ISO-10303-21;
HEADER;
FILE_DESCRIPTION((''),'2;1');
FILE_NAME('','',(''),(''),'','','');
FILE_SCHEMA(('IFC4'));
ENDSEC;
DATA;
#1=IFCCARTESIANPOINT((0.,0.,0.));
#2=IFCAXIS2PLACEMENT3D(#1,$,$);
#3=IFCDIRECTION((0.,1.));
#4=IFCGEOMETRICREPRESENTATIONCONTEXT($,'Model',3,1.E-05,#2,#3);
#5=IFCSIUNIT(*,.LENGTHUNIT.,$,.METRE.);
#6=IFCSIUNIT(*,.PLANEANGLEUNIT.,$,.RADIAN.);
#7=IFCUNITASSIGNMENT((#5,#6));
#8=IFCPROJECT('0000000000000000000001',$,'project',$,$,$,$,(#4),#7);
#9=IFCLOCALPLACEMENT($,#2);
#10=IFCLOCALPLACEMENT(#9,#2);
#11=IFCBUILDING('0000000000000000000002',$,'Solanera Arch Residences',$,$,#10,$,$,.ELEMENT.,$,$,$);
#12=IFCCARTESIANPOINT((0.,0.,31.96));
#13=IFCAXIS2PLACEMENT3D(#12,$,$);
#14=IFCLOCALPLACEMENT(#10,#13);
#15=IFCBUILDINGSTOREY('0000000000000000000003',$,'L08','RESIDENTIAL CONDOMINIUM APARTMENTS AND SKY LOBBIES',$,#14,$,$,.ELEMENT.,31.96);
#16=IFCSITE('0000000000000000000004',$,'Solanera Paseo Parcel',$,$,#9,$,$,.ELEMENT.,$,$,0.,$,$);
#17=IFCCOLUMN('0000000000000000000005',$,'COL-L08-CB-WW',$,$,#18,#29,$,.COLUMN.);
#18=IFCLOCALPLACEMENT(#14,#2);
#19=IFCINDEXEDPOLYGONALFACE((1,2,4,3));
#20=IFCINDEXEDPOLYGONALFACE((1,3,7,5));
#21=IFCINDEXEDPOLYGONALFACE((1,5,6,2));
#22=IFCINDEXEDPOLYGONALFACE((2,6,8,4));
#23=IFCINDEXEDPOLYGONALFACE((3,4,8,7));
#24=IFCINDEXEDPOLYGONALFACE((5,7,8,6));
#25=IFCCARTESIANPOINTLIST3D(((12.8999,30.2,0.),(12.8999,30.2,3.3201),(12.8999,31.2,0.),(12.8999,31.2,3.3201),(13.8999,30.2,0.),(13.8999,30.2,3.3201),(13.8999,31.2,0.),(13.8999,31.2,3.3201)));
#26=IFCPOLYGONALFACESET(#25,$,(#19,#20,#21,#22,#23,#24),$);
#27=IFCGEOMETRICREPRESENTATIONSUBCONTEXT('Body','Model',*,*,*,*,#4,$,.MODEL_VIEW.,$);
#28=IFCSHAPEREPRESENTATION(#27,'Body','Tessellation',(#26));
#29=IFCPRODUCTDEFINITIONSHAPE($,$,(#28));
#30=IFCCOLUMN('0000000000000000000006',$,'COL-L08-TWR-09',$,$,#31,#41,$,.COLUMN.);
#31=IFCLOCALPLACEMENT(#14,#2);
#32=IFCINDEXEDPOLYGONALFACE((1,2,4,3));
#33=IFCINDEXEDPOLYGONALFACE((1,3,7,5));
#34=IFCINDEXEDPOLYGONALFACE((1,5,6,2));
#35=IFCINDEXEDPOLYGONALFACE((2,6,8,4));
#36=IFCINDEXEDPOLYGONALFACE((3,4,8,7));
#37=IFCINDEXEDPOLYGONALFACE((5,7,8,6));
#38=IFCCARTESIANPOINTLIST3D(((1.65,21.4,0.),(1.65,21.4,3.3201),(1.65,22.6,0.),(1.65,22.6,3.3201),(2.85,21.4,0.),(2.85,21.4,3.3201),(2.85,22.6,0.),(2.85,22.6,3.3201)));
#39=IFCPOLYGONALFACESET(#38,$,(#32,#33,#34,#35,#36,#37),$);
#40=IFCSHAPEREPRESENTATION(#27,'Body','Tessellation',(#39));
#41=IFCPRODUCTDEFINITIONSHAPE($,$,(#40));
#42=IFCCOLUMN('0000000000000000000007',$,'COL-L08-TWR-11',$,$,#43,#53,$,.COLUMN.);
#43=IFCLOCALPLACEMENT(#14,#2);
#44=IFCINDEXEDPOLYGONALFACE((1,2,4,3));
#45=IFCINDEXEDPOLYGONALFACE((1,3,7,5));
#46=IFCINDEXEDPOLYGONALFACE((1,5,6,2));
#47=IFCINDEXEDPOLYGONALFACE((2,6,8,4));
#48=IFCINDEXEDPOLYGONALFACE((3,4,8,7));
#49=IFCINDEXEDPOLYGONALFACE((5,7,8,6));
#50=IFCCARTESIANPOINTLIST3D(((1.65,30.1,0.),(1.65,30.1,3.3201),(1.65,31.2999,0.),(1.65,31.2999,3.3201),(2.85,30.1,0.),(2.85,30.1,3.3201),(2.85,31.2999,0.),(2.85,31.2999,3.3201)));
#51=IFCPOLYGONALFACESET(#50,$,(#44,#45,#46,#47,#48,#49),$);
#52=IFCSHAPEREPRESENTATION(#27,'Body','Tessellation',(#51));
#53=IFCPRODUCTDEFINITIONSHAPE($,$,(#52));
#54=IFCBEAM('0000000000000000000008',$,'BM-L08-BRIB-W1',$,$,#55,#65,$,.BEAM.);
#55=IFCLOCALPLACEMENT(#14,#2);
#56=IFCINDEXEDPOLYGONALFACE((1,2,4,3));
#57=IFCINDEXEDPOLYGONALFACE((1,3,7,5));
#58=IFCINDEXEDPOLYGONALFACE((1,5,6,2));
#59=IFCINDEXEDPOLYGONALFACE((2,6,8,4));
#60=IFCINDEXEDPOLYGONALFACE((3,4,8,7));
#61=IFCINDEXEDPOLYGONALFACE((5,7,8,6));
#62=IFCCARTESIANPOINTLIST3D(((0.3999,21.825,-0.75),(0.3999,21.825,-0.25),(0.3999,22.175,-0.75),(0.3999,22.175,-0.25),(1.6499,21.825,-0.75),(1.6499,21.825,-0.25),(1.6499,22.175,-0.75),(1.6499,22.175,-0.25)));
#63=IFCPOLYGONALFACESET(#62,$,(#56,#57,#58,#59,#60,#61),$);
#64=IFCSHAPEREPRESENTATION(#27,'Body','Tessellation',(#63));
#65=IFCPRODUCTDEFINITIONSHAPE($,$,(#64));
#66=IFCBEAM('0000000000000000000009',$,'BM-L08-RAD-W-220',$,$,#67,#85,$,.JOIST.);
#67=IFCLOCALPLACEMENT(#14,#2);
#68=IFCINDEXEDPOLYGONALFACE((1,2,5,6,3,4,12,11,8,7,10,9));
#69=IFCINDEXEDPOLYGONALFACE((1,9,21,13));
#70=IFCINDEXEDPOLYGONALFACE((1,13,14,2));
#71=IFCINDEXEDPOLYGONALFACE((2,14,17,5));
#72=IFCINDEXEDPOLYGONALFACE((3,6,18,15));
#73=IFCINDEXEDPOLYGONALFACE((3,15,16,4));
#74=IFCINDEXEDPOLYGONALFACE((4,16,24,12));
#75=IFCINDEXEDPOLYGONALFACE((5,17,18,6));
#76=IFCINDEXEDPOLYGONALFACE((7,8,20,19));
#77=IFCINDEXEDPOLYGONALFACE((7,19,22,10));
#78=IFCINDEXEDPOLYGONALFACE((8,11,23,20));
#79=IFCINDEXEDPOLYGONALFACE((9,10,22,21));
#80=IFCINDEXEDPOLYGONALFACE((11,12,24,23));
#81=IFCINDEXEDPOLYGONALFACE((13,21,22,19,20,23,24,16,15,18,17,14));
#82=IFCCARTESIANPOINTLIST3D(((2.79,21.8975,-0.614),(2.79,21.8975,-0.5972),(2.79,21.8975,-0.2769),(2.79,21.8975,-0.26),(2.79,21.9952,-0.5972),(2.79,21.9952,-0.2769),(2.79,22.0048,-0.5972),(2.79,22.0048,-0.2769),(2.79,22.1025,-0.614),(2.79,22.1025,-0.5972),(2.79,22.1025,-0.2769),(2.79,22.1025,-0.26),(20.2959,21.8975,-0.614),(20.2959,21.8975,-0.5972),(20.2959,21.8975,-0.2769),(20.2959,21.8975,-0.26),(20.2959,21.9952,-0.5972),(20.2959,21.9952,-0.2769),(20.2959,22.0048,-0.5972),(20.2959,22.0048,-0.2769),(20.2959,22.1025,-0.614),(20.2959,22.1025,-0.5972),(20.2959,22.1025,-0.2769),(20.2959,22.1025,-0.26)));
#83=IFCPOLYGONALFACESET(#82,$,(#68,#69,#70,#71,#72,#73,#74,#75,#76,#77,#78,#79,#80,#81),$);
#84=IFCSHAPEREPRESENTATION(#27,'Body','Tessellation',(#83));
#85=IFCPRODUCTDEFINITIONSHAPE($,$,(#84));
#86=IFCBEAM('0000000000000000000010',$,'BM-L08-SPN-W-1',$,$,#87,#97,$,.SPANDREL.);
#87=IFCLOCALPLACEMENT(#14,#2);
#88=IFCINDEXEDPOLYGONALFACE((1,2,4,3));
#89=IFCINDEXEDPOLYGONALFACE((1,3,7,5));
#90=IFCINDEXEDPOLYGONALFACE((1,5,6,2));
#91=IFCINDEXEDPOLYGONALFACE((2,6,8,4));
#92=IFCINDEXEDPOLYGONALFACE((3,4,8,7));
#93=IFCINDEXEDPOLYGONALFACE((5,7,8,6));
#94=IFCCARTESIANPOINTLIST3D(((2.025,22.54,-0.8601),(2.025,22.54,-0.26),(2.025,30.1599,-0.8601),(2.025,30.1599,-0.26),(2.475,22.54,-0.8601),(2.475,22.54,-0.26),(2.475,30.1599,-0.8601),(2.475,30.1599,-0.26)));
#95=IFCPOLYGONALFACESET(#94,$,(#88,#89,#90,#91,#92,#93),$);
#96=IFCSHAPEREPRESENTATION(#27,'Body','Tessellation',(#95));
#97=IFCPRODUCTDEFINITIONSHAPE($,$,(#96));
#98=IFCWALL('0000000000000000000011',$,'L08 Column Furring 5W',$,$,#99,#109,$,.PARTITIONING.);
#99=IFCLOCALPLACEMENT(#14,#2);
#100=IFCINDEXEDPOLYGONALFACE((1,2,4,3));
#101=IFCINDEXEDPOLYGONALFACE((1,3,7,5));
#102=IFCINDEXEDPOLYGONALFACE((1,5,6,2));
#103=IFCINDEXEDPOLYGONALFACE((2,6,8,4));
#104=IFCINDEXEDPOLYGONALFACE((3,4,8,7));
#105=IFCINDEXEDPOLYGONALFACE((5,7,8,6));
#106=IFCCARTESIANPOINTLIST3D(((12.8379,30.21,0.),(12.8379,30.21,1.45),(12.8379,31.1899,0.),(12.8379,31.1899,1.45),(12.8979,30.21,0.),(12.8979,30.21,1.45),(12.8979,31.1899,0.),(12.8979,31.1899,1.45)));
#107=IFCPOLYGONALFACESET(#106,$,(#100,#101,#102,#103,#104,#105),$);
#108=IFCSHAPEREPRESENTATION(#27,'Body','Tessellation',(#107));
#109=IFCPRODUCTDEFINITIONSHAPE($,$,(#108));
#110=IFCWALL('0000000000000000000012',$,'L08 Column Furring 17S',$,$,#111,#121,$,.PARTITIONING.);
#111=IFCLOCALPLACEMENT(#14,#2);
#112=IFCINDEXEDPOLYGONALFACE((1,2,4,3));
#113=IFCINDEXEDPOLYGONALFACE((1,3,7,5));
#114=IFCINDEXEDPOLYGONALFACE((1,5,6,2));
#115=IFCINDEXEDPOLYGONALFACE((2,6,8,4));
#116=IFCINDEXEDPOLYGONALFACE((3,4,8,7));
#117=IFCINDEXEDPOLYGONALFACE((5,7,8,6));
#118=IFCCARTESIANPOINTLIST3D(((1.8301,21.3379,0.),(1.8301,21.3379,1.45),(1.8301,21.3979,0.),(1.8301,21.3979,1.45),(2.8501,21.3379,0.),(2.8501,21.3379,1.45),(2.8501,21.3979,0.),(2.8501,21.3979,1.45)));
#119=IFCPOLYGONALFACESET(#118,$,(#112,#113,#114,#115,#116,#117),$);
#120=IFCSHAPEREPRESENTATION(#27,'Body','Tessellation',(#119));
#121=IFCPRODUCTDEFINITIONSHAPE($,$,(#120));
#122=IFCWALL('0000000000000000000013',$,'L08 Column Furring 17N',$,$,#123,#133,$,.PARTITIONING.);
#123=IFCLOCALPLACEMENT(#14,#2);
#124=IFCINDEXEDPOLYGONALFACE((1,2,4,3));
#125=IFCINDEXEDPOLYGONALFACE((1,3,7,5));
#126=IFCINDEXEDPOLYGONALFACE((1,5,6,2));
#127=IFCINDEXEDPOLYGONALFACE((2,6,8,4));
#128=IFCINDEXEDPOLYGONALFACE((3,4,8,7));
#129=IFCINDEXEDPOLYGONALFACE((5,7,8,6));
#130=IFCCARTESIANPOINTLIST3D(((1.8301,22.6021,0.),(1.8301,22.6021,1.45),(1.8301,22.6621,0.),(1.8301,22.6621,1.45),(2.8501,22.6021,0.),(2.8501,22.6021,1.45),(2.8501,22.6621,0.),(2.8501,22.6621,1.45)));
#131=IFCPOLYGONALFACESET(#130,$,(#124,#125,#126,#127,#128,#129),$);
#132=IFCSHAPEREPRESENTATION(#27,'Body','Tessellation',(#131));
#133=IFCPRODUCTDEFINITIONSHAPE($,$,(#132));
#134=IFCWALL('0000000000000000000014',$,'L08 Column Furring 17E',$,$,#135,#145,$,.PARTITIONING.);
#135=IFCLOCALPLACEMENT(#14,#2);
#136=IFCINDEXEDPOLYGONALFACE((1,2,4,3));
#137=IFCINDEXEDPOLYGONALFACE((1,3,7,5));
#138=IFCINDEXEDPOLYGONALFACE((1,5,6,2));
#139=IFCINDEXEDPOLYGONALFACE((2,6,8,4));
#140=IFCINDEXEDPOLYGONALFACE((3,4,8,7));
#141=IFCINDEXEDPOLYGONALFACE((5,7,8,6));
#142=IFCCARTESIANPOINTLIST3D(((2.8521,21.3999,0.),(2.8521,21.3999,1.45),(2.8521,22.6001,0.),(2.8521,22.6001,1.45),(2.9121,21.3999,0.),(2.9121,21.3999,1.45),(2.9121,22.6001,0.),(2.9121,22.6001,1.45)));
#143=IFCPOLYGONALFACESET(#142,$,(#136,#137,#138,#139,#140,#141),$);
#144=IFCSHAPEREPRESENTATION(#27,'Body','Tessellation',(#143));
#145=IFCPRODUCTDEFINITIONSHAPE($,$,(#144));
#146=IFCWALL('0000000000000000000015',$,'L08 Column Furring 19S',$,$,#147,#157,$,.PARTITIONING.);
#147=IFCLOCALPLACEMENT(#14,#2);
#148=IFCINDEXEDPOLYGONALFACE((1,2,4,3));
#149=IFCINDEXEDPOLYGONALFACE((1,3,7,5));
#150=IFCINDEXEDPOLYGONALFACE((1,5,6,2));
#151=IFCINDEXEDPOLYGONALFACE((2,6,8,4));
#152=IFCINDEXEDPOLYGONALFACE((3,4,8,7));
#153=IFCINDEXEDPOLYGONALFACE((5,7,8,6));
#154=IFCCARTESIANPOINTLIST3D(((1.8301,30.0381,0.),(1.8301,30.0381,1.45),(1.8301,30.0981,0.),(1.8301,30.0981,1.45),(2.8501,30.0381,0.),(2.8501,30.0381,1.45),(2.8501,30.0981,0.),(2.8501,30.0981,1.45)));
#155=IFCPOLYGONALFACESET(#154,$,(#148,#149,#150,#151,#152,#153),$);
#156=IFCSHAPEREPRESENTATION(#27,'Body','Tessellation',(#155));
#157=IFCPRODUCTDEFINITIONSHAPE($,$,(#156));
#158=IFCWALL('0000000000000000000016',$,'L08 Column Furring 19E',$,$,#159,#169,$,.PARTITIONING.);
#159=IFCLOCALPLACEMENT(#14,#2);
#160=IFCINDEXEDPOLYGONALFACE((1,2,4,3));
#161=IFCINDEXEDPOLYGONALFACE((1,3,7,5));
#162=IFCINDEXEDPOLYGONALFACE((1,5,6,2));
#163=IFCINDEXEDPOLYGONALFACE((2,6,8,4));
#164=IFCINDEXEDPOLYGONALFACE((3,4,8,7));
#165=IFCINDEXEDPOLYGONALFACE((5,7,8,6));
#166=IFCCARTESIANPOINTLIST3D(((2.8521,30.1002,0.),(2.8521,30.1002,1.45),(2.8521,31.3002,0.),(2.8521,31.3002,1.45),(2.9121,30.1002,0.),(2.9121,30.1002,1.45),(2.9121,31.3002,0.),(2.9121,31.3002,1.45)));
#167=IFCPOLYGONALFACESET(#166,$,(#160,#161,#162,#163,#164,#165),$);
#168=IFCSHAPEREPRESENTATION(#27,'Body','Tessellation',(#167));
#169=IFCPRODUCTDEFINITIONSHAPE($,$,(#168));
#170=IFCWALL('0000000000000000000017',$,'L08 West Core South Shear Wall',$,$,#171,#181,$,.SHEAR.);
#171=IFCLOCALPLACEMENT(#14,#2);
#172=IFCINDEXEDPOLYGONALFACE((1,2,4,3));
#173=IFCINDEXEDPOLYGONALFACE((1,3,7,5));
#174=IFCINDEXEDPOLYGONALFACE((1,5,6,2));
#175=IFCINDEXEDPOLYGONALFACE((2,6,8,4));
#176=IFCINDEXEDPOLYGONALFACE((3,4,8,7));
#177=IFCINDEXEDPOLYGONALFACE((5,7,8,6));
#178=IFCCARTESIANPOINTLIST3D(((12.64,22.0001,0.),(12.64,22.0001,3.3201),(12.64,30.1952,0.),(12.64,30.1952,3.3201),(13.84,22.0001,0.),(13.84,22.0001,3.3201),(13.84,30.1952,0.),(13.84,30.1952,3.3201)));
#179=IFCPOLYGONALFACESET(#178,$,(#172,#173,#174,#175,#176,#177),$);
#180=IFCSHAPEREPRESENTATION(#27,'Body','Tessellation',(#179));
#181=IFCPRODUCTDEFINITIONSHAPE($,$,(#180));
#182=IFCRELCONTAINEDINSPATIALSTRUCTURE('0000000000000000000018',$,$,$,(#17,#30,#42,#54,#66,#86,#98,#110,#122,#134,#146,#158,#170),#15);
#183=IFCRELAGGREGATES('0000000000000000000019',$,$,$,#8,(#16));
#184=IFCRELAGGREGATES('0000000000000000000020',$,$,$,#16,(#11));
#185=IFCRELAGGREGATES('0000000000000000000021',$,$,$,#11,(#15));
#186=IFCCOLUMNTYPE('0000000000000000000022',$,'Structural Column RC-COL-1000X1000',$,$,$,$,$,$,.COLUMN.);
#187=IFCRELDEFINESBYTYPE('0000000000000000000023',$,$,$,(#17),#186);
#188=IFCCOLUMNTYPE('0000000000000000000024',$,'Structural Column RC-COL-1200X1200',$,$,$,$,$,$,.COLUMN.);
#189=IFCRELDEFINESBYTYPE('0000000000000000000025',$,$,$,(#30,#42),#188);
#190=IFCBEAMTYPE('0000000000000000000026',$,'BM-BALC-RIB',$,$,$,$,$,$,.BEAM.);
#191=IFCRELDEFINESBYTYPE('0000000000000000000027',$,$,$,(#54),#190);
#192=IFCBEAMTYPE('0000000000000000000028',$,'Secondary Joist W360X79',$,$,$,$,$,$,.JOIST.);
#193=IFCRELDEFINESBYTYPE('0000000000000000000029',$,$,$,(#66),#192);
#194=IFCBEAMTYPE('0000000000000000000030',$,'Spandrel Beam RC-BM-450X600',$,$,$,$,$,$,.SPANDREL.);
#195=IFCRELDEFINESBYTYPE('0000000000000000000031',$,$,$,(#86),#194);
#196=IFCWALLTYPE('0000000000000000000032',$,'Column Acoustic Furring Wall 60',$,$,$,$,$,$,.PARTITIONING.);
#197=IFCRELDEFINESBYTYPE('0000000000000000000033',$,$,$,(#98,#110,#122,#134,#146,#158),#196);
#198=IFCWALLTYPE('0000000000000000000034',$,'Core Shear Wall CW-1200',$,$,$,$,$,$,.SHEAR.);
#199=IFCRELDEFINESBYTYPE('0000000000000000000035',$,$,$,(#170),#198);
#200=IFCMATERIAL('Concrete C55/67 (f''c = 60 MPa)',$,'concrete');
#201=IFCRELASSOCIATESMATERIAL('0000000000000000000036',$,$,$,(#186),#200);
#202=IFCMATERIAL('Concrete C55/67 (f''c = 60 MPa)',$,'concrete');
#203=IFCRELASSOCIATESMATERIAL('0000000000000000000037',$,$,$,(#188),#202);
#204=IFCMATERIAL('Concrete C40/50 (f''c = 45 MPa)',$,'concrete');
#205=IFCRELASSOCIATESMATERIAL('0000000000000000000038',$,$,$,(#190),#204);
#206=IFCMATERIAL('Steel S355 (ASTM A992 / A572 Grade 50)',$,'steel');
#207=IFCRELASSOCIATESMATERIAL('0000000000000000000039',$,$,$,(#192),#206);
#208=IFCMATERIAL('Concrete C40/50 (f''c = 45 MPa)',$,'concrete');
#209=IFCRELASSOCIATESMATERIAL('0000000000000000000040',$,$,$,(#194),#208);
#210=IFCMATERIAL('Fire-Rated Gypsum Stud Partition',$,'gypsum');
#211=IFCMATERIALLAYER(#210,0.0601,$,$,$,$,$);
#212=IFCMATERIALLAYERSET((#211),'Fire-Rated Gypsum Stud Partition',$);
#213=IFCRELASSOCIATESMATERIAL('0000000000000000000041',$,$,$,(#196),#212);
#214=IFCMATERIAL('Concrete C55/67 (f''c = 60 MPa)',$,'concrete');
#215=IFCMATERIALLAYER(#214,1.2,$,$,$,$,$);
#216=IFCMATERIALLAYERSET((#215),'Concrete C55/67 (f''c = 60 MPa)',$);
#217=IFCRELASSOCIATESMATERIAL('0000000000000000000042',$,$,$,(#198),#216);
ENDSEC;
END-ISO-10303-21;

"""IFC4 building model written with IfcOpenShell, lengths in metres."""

from ifc_helpers import new_model, si_unit, direction, frame, frame_2d, origin, origin_2d, place, context, subcontext, project, spatial, rectangle, i_section, extrude, material, layer, layer_set, material_profile, profile_set, type_object, element, save


model = new_model("IFC4")

# Units and contexts
model_context = context("Model", 3, precision=1e-05, world=origin(), true_north=direction((0.0, 1.0)))
body_context = subcontext(model_context, "Body", "Model", "MODEL_VIEW")
ifc_project = project(units=[si_unit("LENGTHUNIT", "METRE"), si_unit("PLANEANGLEUNIT", "RADIAN")], contexts=[model_context])

# Site, building, storey
site_placement = place(None, origin())
site = spatial("IfcSite", under=ifc_project, at=site_placement, Name="Solanera Paseo Parcel", CompositionType="ELEMENT", RefElevation=0.0)
building_placement = place(site_placement, origin())
building = spatial("IfcBuilding", under=site, at=building_placement, Name="Solanera Arch Residences", CompositionType="ELEMENT")
storey_placement = place(building_placement, frame((0.0, 0.0, 31.96)))
storey = spatial("IfcBuildingStorey", under=building, at=storey_placement, Name="L08", Description="RESIDENTIAL CONDOMINIUM APARTMENTS AND SKY LOBBIES", CompositionType="ELEMENT", Elevation=31.96)

# Columns
ifc_material_1 = material(Name="Concrete C55/67 (f'c = 60 MPa)", Category="concrete")
ifc_material_profile_1 = material_profile(ifc_material_1, rectangle(XDim=1.0, YDim=1.0, at=origin_2d()))
ifc_profile_set_1 = profile_set([ifc_material_profile_1], Name="Concrete C55/67 (f'c = 60 MPa)")
column_type_1 = type_object("IfcColumnType", Name="Structural Column RC-COL-1000X1000", PredefinedType="COLUMN", material=ifc_profile_set_1)
column_placement = place(storey_placement, frame((13.3999, 30.7, 0.0), z_axis=(0.0, 0.0, 1.0), x_axis=(1.0, 0.0, 0.0)))
element("IfcColumn", 1, at=column_placement, inside=storey, type_object=column_type_1, Name="COL-L08-CB-WW", PredefinedType="COLUMN", context=body_context, shape_type="SweptSolid", body=[
    extrude(rectangle(XDim=1.0, YDim=1.0, at=origin_2d()), origin(), (0.0, 0.0, 1.0), 3.3201),
])
ifc_material_2 = material(Name="Concrete C55/67 (f'c = 60 MPa)", Category="concrete")
ifc_material_profile_2 = material_profile(ifc_material_2, rectangle(XDim=1.2, YDim=1.2, at=origin_2d()))
ifc_profile_set_2 = profile_set([ifc_material_profile_2], Name="Concrete C55/67 (f'c = 60 MPa)")
column_type_2 = type_object("IfcColumnType", Name="Structural Column RC-COL-1200X1200", PredefinedType="COLUMN", material=ifc_profile_set_2)
for number, where, z_axis, x_axis, name in (
    (2, (2.25, 22.0, 0.0), (0.0, 0.0, 1.0), (1.0, 0.0, 0.0), "COL-L08-TWR-09"),
    (3, (2.25, 30.7, 0.0), (0.0, 0.0, 1.0), (1.0, 0.0, 0.0), "COL-L08-TWR-11"),
):
    element("IfcColumn", number, at=place(storey_placement, frame(where, z_axis=z_axis, x_axis=x_axis)), inside=storey, type_object=column_type_2, Name=name, PredefinedType="COLUMN", context=body_context, shape_type="SweptSolid", body=[
        extrude(rectangle(XDim=1.2, YDim=1.2, at=origin_2d()), origin(), (0.0, 0.0, 1.0), 3.3201),
    ])

# Beams
ifc_material_3 = material(Name="Concrete C40/50 (f'c = 45 MPa)", Category="concrete")
ifc_material_profile_3 = material_profile(ifc_material_3, rectangle(XDim=0.3501, YDim=0.5, at=origin_2d()))
ifc_profile_set_3 = profile_set([ifc_material_profile_3], Name="Concrete C40/50 (f'c = 45 MPa)")
beam_type_1 = type_object("IfcBeamType", Name="BM-BALC-RIB", PredefinedType="BEAM", material=ifc_profile_set_3)
beam_1_placement = place(storey_placement, frame((0.3999, 22.0, -0.5), z_axis=(1.0, 0.0, 0.0), x_axis=(0.0, 1.0, 0.0)))
element("IfcBeam", 4, at=beam_1_placement, inside=storey, type_object=beam_type_1, Name="BM-L08-BRIB-W1", PredefinedType="BEAM", context=body_context, shape_type="SweptSolid", body=[
    extrude(rectangle(XDim=0.3501, YDim=0.5, at=origin_2d()), origin(), (0.0, 0.0, 1.0), 1.25),
])
ifc_material_4 = material(Name="Steel S355 (ASTM A992 / A572 Grade 50)", Category="steel")
ifc_material_profile_4 = material_profile(ifc_material_4, i_section(OverallWidth=0.2051, OverallDepth=0.354, WebThickness=0.0095, FlangeThickness=0.0168, at=origin_2d()))
ifc_profile_set_4 = profile_set([ifc_material_profile_4], Name="Steel S355 (ASTM A992 / A572 Grade 50)")
beam_type_2 = type_object("IfcBeamType", Name="Secondary Joist W360X79", PredefinedType="JOIST", material=ifc_profile_set_4)
beam_2_placement = place(storey_placement, frame((2.79, 22.0, -0.437), z_axis=(1.0, 0.0, 0.0), x_axis=(0.0, 1.0, 0.0)))
element("IfcBeam", 5, at=beam_2_placement, inside=storey, type_object=beam_type_2, Name="BM-L08-RAD-W-220", PredefinedType="JOIST", context=body_context, shape_type="SweptSolid", body=[
    extrude(i_section(OverallWidth=0.2051, OverallDepth=0.354, WebThickness=0.0095, FlangeThickness=0.0168, at=origin_2d()), origin(), (0.0, 0.0, 1.0), 17.5059),
])
ifc_material_5 = material(Name="Concrete C40/50 (f'c = 45 MPa)", Category="concrete")
ifc_material_profile_5 = material_profile(ifc_material_5, rectangle(XDim=0.45, YDim=0.6001, at=origin_2d()))
ifc_profile_set_5 = profile_set([ifc_material_profile_5], Name="Concrete C40/50 (f'c = 45 MPa)")
beam_type_3 = type_object("IfcBeamType", Name="Spandrel Beam RC-BM-450X600", PredefinedType="SPANDREL", material=ifc_profile_set_5)
beam_3_placement = place(storey_placement, frame((2.25, 22.54, -0.5601), z_axis=(0.0, 1.0, 0.0), x_axis=(-1.0, 0.0, 0.0)))
element("IfcBeam", 6, at=beam_3_placement, inside=storey, type_object=beam_type_3, Name="BM-L08-SPN-W-1", PredefinedType="SPANDREL", context=body_context, shape_type="SweptSolid", body=[
    extrude(rectangle(XDim=0.45, YDim=0.6001, at=origin_2d()), origin(), (0.0, 0.0, 1.0), 7.6199),
])

# Walls
ifc_material_6 = material(Name="Fire-Rated Gypsum Stud Partition", Category="gypsum")
ifc_layer_1 = layer(ifc_material_6, 0.0601)
ifc_layer_set_1 = layer_set([ifc_layer_1], Name="Fire-Rated Gypsum Stud Partition")
wall_type_1 = type_object("IfcWallType", Name="Column Acoustic Furring Wall 60", PredefinedType="PARTITIONING", material=ifc_layer_set_1)
wall_1_placement = place(storey_placement, frame((12.8679, 30.21, 0.0), z_axis=(0.0, 0.0, 1.0), x_axis=(0.0, 1.0, 0.0)))
element("IfcWall", 7, at=wall_1_placement, inside=storey, type_object=wall_type_1, Name="L08 Column Furring 5W", PredefinedType="PARTITIONING", context=body_context, shape_type="SweptSolid", body=[
    extrude(rectangle(XDim=0.98, YDim=0.0601, at=frame_2d((0.49, 0.0))), origin(), (0.0, 0.0, 1.0), 1.45),
])
for number, where, z_axis, x_axis, name in (
    (8, (1.8301, 21.3679, 0.0), (0.0, 0.0, 1.0), (1.0, 0.0, 0.0), "L08 Column Furring 17S"),
    (9, (1.8301, 22.6321, 0.0), (0.0, 0.0, 1.0), (1.0, 0.0, 0.0), "L08 Column Furring 17N"),
):
    element("IfcWall", number, at=place(storey_placement, frame(where, z_axis=z_axis, x_axis=x_axis)), inside=storey, type_object=wall_type_1, Name=name, PredefinedType="PARTITIONING", context=body_context, shape_type="SweptSolid", body=[
        extrude(rectangle(XDim=1.02, YDim=0.0601, at=frame_2d((0.51, 0.0))), origin(), (0.0, 0.0, 1.0), 1.45),
    ])
wall_2_placement = place(storey_placement, frame((2.8821, 21.3999, 0.0), z_axis=(0.0, 0.0, 1.0), x_axis=(0.0, 1.0, 0.0)))
element("IfcWall", 10, at=wall_2_placement, inside=storey, type_object=wall_type_1, Name="L08 Column Furring 17E", PredefinedType="PARTITIONING", context=body_context, shape_type="SweptSolid", body=[
    extrude(rectangle(XDim=1.2002, YDim=0.0601, at=frame_2d((0.6001, 0.0))), origin(), (0.0, 0.0, 1.0), 1.45),
])
wall_3_placement = place(storey_placement, frame((1.8301, 30.0681, 0.0), z_axis=(0.0, 0.0, 1.0), x_axis=(1.0, 0.0, 0.0)))
element("IfcWall", 11, at=wall_3_placement, inside=storey, type_object=wall_type_1, Name="L08 Column Furring 19S", PredefinedType="PARTITIONING", context=body_context, shape_type="SweptSolid", body=[
    extrude(rectangle(XDim=1.02, YDim=0.0601, at=frame_2d((0.51, 0.0))), origin(), (0.0, 0.0, 1.0), 1.45),
])
wall_4_placement = place(storey_placement, frame((2.8821, 30.1001, 0.0), z_axis=(0.0, 0.0, 1.0), x_axis=(0.0, 1.0, 0.0)))
element("IfcWall", 12, at=wall_4_placement, inside=storey, type_object=wall_type_1, Name="L08 Column Furring 19E", PredefinedType="PARTITIONING", context=body_context, shape_type="SweptSolid", body=[
    extrude(rectangle(XDim=1.2, YDim=0.0601, at=frame_2d((0.6001, 0.0))), origin(), (0.0, 0.0, 1.0), 1.45),
])
ifc_material_7 = material(Name="Concrete C55/67 (f'c = 60 MPa)", Category="concrete")
ifc_layer_2 = layer(ifc_material_7, 1.2)
ifc_layer_set_2 = layer_set([ifc_layer_2], Name="Concrete C55/67 (f'c = 60 MPa)")
wall_type_2 = type_object("IfcWallType", Name="Core Shear Wall CW-1200", PredefinedType="SHEAR", material=ifc_layer_set_2)
wall_5_placement = place(storey_placement, frame((13.24, 22.0, 0.0), z_axis=(0.0, 0.0, 1.0), x_axis=(0.0, 1.0, 0.0)))
element("IfcWall", 13, at=wall_5_placement, inside=storey, type_object=wall_type_2, Name="L08 West Core South Shear Wall", PredefinedType="SHEAR", context=body_context, shape_type="SweptSolid", body=[
    extrude(rectangle(XDim=8.1951, YDim=1.2, at=frame_2d((4.0977, 0.0))), origin(), (0.0, 0.0, 1.0), 3.3201),
])

save(model, "model.ifc")
